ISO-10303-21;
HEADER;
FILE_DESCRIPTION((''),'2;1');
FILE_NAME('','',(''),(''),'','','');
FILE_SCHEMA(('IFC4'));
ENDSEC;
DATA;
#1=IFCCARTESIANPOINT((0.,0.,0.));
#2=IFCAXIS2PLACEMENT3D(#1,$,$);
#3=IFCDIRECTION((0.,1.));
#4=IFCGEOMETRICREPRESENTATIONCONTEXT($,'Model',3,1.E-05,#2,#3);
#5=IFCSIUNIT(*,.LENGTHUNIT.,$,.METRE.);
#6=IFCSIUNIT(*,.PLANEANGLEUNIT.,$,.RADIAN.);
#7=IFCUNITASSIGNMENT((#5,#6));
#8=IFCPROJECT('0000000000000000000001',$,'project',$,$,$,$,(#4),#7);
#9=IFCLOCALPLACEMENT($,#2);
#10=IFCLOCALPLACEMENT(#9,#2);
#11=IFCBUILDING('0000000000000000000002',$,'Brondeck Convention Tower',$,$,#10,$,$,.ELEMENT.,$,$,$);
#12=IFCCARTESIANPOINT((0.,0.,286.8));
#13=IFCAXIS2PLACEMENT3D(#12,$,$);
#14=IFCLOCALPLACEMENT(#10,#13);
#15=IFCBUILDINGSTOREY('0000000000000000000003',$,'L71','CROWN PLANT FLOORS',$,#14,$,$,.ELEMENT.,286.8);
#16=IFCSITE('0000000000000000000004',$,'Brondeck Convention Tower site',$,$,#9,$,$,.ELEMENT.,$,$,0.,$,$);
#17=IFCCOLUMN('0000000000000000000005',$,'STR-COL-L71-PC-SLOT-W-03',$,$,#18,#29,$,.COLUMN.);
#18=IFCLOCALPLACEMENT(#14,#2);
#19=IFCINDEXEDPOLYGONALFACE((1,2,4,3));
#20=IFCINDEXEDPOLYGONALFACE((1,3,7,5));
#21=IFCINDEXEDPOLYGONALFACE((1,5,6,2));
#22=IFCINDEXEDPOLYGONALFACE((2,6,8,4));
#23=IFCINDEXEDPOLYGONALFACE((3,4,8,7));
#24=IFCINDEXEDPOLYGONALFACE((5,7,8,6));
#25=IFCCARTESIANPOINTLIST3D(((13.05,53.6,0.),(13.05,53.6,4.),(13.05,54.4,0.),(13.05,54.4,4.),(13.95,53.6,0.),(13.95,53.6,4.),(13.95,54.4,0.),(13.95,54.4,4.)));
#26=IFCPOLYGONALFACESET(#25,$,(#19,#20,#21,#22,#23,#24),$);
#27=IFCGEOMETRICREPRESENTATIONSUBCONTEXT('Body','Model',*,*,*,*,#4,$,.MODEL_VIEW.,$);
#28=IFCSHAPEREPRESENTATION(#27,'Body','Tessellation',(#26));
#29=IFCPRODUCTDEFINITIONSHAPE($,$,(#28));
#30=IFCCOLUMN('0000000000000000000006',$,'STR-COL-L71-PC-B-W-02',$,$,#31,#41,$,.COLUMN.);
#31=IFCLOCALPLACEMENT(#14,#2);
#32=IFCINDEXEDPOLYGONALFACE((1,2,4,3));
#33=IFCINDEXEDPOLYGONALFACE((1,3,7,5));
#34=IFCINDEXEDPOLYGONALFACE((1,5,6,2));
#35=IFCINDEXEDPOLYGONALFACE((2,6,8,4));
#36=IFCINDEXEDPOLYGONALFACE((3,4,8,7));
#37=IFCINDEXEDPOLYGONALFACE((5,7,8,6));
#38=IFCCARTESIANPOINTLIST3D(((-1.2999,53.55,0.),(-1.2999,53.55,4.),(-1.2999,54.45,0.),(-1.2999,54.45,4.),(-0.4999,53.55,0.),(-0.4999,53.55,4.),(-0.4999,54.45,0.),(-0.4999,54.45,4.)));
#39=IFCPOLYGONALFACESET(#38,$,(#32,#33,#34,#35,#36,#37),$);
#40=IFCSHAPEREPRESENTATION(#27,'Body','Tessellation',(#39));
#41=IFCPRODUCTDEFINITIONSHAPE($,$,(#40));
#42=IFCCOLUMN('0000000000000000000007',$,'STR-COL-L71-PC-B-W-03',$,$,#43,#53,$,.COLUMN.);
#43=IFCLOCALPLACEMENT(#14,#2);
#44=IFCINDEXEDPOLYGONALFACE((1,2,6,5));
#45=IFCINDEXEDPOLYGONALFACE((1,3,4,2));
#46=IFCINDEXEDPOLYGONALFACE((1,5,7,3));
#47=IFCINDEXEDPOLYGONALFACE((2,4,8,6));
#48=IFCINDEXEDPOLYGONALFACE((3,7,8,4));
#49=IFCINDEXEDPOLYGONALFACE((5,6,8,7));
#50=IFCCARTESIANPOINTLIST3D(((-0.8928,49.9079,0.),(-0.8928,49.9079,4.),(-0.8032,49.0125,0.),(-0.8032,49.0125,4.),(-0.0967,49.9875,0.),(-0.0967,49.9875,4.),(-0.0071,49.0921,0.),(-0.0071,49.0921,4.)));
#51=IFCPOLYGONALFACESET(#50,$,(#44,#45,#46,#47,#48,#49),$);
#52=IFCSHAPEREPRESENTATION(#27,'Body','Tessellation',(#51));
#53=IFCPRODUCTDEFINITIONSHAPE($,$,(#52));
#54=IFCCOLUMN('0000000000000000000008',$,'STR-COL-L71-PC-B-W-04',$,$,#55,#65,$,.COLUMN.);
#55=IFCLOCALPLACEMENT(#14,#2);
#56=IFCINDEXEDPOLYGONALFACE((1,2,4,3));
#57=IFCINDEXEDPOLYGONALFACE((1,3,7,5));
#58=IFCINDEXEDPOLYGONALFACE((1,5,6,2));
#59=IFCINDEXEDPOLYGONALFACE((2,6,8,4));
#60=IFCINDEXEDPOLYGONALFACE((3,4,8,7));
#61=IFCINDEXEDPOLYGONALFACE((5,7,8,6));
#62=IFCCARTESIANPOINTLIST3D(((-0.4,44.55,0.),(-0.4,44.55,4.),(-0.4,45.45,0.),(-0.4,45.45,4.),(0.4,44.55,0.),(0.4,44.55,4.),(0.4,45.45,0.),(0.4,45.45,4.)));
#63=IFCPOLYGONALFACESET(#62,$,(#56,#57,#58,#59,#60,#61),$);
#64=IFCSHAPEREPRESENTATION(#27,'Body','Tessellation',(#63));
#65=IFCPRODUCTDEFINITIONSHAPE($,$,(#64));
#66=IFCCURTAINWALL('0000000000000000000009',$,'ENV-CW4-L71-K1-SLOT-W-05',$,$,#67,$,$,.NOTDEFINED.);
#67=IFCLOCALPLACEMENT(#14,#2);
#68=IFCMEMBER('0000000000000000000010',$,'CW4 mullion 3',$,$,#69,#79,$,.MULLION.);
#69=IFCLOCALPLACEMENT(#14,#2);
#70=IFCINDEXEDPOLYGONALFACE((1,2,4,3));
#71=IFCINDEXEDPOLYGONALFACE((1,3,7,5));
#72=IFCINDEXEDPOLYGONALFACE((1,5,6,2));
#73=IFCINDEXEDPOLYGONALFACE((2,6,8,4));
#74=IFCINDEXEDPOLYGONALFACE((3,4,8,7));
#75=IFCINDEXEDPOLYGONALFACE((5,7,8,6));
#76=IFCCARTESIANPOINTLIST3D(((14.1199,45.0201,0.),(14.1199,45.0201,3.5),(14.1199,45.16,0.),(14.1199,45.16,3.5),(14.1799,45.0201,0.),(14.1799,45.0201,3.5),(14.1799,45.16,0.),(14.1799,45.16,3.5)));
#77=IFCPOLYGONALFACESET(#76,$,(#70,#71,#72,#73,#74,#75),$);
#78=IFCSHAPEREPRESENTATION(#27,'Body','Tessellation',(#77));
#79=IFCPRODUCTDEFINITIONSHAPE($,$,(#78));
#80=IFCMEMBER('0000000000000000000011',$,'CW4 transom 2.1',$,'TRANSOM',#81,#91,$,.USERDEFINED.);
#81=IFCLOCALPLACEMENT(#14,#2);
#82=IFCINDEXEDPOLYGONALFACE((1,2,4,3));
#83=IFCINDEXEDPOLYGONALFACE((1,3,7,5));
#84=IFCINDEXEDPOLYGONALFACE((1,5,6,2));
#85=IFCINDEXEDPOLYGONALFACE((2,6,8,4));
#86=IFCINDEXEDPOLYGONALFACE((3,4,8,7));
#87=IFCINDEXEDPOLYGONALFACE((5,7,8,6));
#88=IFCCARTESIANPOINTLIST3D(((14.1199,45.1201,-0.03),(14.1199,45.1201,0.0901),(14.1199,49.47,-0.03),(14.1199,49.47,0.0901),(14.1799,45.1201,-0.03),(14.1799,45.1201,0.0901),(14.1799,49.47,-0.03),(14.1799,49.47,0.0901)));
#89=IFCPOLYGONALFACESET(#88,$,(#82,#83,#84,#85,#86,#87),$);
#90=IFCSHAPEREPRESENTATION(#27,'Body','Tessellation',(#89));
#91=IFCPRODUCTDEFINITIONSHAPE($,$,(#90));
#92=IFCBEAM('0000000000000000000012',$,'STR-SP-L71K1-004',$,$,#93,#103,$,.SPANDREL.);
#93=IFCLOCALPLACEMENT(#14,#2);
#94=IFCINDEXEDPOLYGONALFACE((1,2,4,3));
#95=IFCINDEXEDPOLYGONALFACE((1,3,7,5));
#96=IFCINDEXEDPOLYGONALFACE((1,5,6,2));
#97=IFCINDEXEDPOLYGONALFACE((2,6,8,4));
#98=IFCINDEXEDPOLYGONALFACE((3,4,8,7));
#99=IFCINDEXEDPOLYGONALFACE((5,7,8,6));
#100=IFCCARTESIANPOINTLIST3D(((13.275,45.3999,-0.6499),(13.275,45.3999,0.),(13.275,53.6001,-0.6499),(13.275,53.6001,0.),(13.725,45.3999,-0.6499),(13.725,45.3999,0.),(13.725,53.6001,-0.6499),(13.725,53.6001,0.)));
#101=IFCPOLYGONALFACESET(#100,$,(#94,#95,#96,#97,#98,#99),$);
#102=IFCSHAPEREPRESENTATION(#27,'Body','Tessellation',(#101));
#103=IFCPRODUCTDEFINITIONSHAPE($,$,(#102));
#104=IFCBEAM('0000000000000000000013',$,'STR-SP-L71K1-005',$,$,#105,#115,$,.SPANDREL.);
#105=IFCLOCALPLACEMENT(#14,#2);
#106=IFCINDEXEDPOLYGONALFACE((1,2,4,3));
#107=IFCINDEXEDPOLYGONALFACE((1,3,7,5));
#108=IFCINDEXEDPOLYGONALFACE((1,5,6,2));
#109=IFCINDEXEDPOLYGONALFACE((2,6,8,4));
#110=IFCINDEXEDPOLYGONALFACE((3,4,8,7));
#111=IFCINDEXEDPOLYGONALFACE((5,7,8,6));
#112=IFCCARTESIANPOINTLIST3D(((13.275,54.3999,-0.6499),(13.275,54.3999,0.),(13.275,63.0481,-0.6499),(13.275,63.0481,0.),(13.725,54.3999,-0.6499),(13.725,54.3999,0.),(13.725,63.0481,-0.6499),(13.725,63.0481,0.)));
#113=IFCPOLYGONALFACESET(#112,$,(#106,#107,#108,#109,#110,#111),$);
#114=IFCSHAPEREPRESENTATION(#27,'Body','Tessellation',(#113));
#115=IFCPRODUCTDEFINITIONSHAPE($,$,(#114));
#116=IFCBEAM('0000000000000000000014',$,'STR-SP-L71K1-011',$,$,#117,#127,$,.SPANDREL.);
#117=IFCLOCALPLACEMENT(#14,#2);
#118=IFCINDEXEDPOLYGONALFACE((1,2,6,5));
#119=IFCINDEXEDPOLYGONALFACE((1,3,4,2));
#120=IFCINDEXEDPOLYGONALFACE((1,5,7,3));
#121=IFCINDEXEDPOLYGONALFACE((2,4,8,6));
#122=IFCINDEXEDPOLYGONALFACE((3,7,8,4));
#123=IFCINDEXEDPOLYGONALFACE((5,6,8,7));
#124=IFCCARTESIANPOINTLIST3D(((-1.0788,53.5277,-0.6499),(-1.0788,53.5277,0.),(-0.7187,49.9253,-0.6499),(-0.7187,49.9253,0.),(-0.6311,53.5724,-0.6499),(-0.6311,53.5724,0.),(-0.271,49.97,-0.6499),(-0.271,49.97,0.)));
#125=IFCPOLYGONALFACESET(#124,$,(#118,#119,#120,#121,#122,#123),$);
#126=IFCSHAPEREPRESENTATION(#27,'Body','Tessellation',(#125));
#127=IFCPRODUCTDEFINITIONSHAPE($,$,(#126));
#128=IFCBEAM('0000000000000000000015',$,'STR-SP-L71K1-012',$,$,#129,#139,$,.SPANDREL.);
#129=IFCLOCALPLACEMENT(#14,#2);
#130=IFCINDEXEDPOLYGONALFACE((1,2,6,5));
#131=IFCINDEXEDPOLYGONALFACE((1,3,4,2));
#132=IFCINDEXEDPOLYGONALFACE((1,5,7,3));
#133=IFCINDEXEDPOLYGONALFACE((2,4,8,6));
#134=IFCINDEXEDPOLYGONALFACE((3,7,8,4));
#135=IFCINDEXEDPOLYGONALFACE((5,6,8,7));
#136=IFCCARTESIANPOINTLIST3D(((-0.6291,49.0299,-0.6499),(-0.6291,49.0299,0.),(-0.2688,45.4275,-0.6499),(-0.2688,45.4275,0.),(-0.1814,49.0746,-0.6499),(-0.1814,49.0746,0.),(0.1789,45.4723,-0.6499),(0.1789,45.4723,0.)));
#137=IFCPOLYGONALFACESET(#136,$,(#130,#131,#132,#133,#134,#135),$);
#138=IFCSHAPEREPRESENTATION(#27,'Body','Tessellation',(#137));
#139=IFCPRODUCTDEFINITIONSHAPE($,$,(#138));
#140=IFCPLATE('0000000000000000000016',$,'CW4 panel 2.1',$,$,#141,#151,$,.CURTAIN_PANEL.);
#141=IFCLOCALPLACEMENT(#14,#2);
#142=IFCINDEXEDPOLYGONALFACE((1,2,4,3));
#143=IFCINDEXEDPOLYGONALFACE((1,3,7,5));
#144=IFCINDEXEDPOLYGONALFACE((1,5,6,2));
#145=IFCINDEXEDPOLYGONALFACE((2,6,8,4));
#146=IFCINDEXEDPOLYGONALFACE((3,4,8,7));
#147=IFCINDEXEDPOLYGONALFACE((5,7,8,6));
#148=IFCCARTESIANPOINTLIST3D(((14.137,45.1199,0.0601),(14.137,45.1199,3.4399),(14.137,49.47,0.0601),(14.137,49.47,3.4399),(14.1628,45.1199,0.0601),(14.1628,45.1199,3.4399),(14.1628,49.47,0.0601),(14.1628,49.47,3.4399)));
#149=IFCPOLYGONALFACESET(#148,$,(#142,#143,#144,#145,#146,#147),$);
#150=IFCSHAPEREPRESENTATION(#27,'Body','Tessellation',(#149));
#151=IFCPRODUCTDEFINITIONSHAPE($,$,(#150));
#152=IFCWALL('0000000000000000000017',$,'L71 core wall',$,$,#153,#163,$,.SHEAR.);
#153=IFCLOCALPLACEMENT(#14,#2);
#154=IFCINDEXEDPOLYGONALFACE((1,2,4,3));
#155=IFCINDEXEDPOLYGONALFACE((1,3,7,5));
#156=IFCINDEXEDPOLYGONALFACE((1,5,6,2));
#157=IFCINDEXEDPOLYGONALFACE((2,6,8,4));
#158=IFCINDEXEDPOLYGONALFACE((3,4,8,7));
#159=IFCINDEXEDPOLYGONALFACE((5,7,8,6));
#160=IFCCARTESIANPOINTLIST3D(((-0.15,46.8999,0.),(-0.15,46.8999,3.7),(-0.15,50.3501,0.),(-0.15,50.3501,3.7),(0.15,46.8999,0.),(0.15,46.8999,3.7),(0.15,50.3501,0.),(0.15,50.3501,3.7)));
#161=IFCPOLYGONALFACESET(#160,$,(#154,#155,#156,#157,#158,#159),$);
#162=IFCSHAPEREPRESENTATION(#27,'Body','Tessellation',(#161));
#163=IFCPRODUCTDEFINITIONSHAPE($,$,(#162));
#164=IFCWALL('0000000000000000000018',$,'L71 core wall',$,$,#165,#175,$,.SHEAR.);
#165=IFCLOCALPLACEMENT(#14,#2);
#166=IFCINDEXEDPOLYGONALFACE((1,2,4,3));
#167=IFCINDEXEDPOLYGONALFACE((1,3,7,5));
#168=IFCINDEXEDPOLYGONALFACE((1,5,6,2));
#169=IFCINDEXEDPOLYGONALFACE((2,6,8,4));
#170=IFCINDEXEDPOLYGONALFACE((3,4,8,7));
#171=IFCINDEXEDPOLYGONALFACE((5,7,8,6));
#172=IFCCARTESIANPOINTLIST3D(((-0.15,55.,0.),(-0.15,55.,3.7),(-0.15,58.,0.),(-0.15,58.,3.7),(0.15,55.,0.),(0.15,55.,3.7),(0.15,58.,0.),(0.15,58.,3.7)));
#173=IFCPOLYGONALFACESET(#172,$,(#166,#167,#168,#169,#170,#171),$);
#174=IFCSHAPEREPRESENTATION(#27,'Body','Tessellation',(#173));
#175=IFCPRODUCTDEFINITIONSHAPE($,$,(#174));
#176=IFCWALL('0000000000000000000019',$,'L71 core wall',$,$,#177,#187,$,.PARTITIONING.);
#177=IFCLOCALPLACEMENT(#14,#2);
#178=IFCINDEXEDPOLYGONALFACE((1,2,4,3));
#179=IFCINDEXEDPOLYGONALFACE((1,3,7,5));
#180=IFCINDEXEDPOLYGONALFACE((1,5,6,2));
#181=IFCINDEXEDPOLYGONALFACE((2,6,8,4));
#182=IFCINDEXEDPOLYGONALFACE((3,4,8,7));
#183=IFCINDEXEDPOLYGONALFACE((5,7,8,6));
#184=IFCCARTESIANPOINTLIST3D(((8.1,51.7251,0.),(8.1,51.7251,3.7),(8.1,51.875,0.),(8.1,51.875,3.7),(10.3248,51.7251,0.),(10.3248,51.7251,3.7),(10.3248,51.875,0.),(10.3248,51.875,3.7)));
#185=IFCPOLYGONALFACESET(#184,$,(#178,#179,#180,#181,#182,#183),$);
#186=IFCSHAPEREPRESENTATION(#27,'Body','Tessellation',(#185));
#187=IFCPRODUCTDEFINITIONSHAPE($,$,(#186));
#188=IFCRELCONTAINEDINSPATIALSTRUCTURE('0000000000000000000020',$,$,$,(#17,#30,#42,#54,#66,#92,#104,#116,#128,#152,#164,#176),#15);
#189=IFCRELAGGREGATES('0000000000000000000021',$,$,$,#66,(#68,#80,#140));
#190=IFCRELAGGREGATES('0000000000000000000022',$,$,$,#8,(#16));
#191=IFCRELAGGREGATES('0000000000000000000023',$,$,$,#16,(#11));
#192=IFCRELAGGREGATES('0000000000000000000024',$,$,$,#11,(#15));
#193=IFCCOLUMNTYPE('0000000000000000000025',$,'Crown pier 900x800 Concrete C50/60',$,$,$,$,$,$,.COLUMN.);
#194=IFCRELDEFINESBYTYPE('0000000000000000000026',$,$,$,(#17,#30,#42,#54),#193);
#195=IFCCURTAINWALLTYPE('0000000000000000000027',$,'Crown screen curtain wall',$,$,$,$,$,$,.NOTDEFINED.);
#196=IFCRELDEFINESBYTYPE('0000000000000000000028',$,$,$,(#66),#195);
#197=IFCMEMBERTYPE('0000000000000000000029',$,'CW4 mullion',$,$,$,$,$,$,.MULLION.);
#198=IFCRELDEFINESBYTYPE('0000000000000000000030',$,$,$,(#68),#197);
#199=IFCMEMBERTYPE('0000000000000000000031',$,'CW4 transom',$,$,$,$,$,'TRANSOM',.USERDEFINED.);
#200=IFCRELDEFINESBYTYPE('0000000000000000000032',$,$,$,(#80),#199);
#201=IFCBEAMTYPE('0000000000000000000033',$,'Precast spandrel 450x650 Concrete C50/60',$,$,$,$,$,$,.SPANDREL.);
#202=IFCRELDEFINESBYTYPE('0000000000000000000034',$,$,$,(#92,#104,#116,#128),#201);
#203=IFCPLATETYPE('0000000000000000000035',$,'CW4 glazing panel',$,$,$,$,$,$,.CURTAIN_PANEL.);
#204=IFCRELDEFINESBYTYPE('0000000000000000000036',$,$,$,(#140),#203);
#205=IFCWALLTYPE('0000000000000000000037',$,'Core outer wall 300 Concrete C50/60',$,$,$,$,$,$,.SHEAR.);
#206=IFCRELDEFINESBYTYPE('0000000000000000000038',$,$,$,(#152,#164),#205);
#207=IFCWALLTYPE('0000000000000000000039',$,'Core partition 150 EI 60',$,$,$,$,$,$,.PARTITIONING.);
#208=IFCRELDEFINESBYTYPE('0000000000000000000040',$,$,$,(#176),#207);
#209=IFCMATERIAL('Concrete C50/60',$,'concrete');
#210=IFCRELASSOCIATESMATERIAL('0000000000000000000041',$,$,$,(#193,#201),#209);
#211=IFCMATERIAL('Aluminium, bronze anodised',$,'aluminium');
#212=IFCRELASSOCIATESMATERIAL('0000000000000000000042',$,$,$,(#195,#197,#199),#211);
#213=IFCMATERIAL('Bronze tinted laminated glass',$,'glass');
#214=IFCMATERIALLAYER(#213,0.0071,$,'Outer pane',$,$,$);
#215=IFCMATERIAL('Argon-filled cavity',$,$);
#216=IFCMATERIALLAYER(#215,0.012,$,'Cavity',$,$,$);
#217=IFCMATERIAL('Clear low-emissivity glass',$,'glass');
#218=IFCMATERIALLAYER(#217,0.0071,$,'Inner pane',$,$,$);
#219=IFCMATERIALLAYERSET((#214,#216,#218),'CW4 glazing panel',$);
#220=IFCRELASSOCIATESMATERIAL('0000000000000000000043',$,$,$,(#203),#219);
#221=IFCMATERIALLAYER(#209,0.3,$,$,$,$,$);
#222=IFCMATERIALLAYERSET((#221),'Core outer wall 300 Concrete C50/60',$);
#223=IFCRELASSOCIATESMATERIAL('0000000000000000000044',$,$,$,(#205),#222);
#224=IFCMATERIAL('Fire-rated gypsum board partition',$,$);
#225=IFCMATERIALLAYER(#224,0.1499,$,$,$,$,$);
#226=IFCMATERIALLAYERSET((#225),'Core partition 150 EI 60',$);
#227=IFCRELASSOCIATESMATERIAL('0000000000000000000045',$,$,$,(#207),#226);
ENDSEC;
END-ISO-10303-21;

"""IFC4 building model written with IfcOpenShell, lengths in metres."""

from ifc_helpers import new_model, si_unit, direction, frame, frame_2d, origin, origin_2d, place, context, subcontext, project, spatial, rectangle, extrude, material, layer, layer_set, material_profile, profile_set, type_object, element, aggregate, save


model = new_model("IFC4")

# Units and contexts
model_context = context("Model", 3, precision=1e-05, world=origin(), true_north=direction((0.0, 1.0)))
body_context = subcontext(model_context, "Body", "Model", "MODEL_VIEW")
ifc_project = project(units=[si_unit("LENGTHUNIT", "METRE"), si_unit("PLANEANGLEUNIT", "RADIAN")], contexts=[model_context])

# Site, building, storey
site_placement = place(None, origin())
site = spatial("IfcSite", under=ifc_project, at=site_placement, Name="Brondeck Convention Tower site", CompositionType="ELEMENT", RefElevation=0.0)
building_placement = place(site_placement, origin())
building = spatial("IfcBuilding", under=site, at=building_placement, Name="Brondeck Convention Tower", CompositionType="ELEMENT")
storey_placement = place(building_placement, frame((0.0, 0.0, 286.8)))
storey = spatial("IfcBuildingStorey", under=building, at=storey_placement, Name="L71", Description="CROWN PLANT FLOORS", CompositionType="ELEMENT", Elevation=286.8)

# Columns
ifc_material_1 = material(Name="Concrete C50/60", Category="concrete")
ifc_material_profile_1 = material_profile(ifc_material_1, rectangle(XDim=0.8999, YDim=0.8, at=origin_2d()), Name="Crown pier 900x800 Concrete C50/60")
ifc_profile_set_1 = profile_set([ifc_material_profile_1], Name="Concrete C50/60")
column_type = type_object("IfcColumnType", Name="Crown pier 900x800 Concrete C50/60", PredefinedType="COLUMN", material=ifc_profile_set_1)
for number, where, z_axis, x_axis, name in (
    (1, (13.5, 54.0, 0.0), (0.0, 0.0, 1.0), (1.0, 0.0, 0.0), "STR-COL-L71-PC-SLOT-W-03"),
    (2, (-0.8999, 54.0, 0.0), (0.0, 0.0, 1.0), (0.0, -1.0, 0.0), "STR-COL-L71-PC-B-W-02"),
    (3, (-0.45, 49.5, 0.0), (0.0, 0.0, 1.0), (0.099504, -0.995037, 0.0), "STR-COL-L71-PC-B-W-03"),
    (4, (0.0, 45.0, 0.0), (0.0, 0.0, 1.0), (0.0, -1.0, 0.0), "STR-COL-L71-PC-B-W-04"),
):
    element("IfcColumn", number, at=place(storey_placement, frame(where, z_axis=z_axis, x_axis=x_axis)), inside=storey, type_object=column_type, Name=name, PredefinedType="COLUMN", context=body_context, shape_type="SweptSolid", body=[
        extrude(rectangle(XDim=0.8999, YDim=0.8, at=origin_2d()), origin(), (0.0, 0.0, 1.0), 4.0),
    ])

# Curtain wall, members
ifc_material_2 = material(Name="Aluminium, bronze anodised", Category="aluminium")
curtain_wall_type = type_object("IfcCurtainWallType", Name="Crown screen curtain wall", PredefinedType="NOTDEFINED", material=ifc_material_2)
curtain_wall_placement = place(storey_placement, origin())
curtain_wall = element("IfcCurtainWall", 5, at=curtain_wall_placement, inside=storey, type_object=curtain_wall_type, Name="ENV-CW4-L71-K1-SLOT-W-05", PredefinedType="NOTDEFINED")
ifc_material_profile_2 = material_profile(ifc_material_2, rectangle(XDim=0.0601, YDim=0.1399, at=origin_2d()), Name="CW4 mullion")
ifc_profile_set_2 = profile_set([ifc_material_profile_2], Name="Aluminium, bronze anodised")
member_type_1 = type_object("IfcMemberType", Name="CW4 mullion", PredefinedType="MULLION", material=ifc_profile_set_2)
member_1_placement = place(storey_placement, frame((14.1499, 45.0901, 0.0), z_axis=(0.0, 0.0, 1.0), x_axis=(1.0, 0.0, 0.0)))
member_1 = element("IfcMember", 6, at=member_1_placement, type_object=member_type_1, Name="CW4 mullion 3", PredefinedType="MULLION", context=body_context, shape_type="SweptSolid", body=[
    extrude(rectangle(XDim=0.0601, YDim=0.1399, at=origin_2d()), origin(), (0.0, 0.0, 1.0), 3.5),
])
ifc_material_profile_3 = material_profile(ifc_material_2, rectangle(XDim=0.0601, YDim=0.1201, at=origin_2d()), Name="CW4 transom")
ifc_profile_set_3 = profile_set([ifc_material_profile_3], Name="Aluminium, bronze anodised")
member_type_2 = type_object("IfcMemberType", Name="CW4 transom", ElementType="TRANSOM", PredefinedType="USERDEFINED", material=ifc_profile_set_3)
member_2_placement = place(storey_placement, frame((14.1499, 49.47, 0.03), z_axis=(0.0, -1.0, 0.0), x_axis=(1.0, 0.0, 0.0)))
member_2 = element("IfcMember", 7, at=member_2_placement, type_object=member_type_2, Name="CW4 transom 2.1", ObjectType="TRANSOM", PredefinedType="USERDEFINED", context=body_context, shape_type="SweptSolid", body=[
    extrude(rectangle(XDim=0.0601, YDim=0.1201, at=origin_2d()), origin(), (0.0, 0.0, 1.0), 4.3499),
])

# Beams
ifc_material_profile_4 = material_profile(ifc_material_1, rectangle(XDim=0.45, YDim=0.6499, at=origin_2d()), Name="Precast spandrel 450x650 Concrete C50/60")
ifc_profile_set_4 = profile_set([ifc_material_profile_4], Name="Concrete C50/60")
beam_type = type_object("IfcBeamType", Name="Precast spandrel 450x650 Concrete C50/60", PredefinedType="SPANDREL", material=ifc_profile_set_4)
beam_1_placement = place(storey_placement, frame((13.5, 45.3999, -0.325), z_axis=(0.0, 1.0, 0.0), x_axis=(-1.0, 0.0, 0.0)))
element("IfcBeam", 8, at=beam_1_placement, inside=storey, type_object=beam_type, Name="STR-SP-L71K1-004", PredefinedType="SPANDREL", context=body_context, shape_type="SweptSolid", body=[
    extrude(rectangle(XDim=0.45, YDim=0.6499, at=origin_2d()), origin(), (0.0, 0.0, 1.0), 8.2002),
])
beam_2_placement = place(storey_placement, frame((13.5, 54.3999, -0.325), z_axis=(0.0, 1.0, 0.0), x_axis=(-1.0, 0.0, 0.0)))
element("IfcBeam", 9, at=beam_2_placement, inside=storey, type_object=beam_type, Name="STR-SP-L71K1-005", PredefinedType="SPANDREL", context=body_context, shape_type="SweptSolid", body=[
    extrude(rectangle(XDim=0.45, YDim=0.6499, at=origin_2d()), origin(), (0.0, 0.0, 1.0), 8.6482),
])
for number, where, z_axis, x_axis, name in (
    (10, (-0.855, 53.55, -0.325), (0.09947, -0.995041, 0.0), (0.995041, 0.09947, 0.0), "STR-SP-L71K1-011"),
    (11, (-0.4053, 49.0522, -0.325), (0.099537, -0.995034, 0.0), (0.995034, 0.099537, 0.0), "STR-SP-L71K1-012"),
):
    element("IfcBeam", number, at=place(storey_placement, frame(where, z_axis=z_axis, x_axis=x_axis)), inside=storey, type_object=beam_type, Name=name, PredefinedType="SPANDREL", context=body_context, shape_type="SweptSolid", body=[
        extrude(rectangle(XDim=0.45, YDim=0.6499, at=origin_2d()), origin(), (0.0, 0.0, 1.0), 3.6204),
    ])

# Plate
ifc_material_3 = material(Name="Bronze tinted laminated glass", Category="glass")
ifc_layer_1 = layer(ifc_material_3, 0.0071, Name="Outer pane")
ifc_material_4 = material(Name="Argon-filled cavity")
ifc_layer_2 = layer(ifc_material_4, 0.012, Name="Cavity")
ifc_material_5 = material(Name="Clear low-emissivity glass", Category="glass")
ifc_layer_3 = layer(ifc_material_5, 0.0071, Name="Inner pane")
ifc_layer_set_1 = layer_set([ifc_layer_1, ifc_layer_2, ifc_layer_3], Name="CW4 glazing panel")
plate_type = type_object("IfcPlateType", Name="CW4 glazing panel", PredefinedType="CURTAIN_PANEL", material=ifc_layer_set_1)
plate_placement = place(storey_placement, frame((14.1499, 47.2949, 0.0601), z_axis=(0.0, 0.0, 1.0), x_axis=(0.0, -1.0, 0.0)))
plate = element("IfcPlate", 12, at=plate_placement, type_object=plate_type, Name="CW4 panel 2.1", PredefinedType="CURTAIN_PANEL", context=body_context, shape_type="SweptSolid", body=[
    extrude(rectangle(XDim=4.3501, YDim=0.0259, at=origin_2d()), origin(), (0.0, 0.0, 1.0), 3.3799),
])
aggregate(curtain_wall, [member_1, member_2, plate])

# Walls
ifc_layer_4 = layer(ifc_material_1, 0.3)
ifc_layer_set_2 = layer_set([ifc_layer_4], Name="Core outer wall 300 Concrete C50/60")
wall_type_1 = type_object("IfcWallType", Name="Core outer wall 300 Concrete C50/60", PredefinedType="SHEAR", material=ifc_layer_set_2)
wall_1_placement = place(storey_placement, frame((0.0, 46.8999, 0.0), z_axis=(0.0, 0.0, 1.0), x_axis=(0.0, 1.0, 0.0)))
element("IfcWall", 13, at=wall_1_placement, inside=storey, type_object=wall_type_1, Name="L71 core wall", PredefinedType="SHEAR", context=body_context, shape_type="SweptSolid", body=[
    extrude(rectangle(XDim=3.4502, YDim=0.3, at=frame_2d((1.7251, 0.0))), origin(), (0.0, 0.0, 1.0), 3.7),
])
wall_2_placement = place(storey_placement, frame((0.0, 55.0, 0.0), z_axis=(0.0, 0.0, 1.0), x_axis=(0.0, 1.0, 0.0)))
element("IfcWall", 14, at=wall_2_placement, inside=storey, type_object=wall_type_1, Name="L71 core wall", PredefinedType="SHEAR", context=body_context, shape_type="SweptSolid", body=[
    extrude(rectangle(XDim=3.0, YDim=0.3, at=frame_2d((1.5, 0.0))), origin(), (0.0, 0.0, 1.0), 3.7),
])
ifc_material_6 = material(Name="Fire-rated gypsum board partition")
ifc_layer_5 = layer(ifc_material_6, 0.1499)
ifc_layer_set_3 = layer_set([ifc_layer_5], Name="Core partition 150 EI 60")
wall_type_2 = type_object("IfcWallType", Name="Core partition 150 EI 60", PredefinedType="PARTITIONING", material=ifc_layer_set_3)
wall_3_placement = place(storey_placement, frame((8.1001, 51.8, 0.0), z_axis=(0.0, 0.0, 1.0), x_axis=(1.0, 0.0, 0.0)))
element("IfcWall", 15, at=wall_3_placement, inside=storey, type_object=wall_type_2, Name="L71 core wall", PredefinedType="PARTITIONING", context=body_context, shape_type="SweptSolid", body=[
    extrude(rectangle(XDim=2.2249, YDim=0.1499, at=frame_2d((1.1123, 0.0))), origin(), (0.0, 0.0, 1.0), 3.7),
])

save(model, "model.ifc")
